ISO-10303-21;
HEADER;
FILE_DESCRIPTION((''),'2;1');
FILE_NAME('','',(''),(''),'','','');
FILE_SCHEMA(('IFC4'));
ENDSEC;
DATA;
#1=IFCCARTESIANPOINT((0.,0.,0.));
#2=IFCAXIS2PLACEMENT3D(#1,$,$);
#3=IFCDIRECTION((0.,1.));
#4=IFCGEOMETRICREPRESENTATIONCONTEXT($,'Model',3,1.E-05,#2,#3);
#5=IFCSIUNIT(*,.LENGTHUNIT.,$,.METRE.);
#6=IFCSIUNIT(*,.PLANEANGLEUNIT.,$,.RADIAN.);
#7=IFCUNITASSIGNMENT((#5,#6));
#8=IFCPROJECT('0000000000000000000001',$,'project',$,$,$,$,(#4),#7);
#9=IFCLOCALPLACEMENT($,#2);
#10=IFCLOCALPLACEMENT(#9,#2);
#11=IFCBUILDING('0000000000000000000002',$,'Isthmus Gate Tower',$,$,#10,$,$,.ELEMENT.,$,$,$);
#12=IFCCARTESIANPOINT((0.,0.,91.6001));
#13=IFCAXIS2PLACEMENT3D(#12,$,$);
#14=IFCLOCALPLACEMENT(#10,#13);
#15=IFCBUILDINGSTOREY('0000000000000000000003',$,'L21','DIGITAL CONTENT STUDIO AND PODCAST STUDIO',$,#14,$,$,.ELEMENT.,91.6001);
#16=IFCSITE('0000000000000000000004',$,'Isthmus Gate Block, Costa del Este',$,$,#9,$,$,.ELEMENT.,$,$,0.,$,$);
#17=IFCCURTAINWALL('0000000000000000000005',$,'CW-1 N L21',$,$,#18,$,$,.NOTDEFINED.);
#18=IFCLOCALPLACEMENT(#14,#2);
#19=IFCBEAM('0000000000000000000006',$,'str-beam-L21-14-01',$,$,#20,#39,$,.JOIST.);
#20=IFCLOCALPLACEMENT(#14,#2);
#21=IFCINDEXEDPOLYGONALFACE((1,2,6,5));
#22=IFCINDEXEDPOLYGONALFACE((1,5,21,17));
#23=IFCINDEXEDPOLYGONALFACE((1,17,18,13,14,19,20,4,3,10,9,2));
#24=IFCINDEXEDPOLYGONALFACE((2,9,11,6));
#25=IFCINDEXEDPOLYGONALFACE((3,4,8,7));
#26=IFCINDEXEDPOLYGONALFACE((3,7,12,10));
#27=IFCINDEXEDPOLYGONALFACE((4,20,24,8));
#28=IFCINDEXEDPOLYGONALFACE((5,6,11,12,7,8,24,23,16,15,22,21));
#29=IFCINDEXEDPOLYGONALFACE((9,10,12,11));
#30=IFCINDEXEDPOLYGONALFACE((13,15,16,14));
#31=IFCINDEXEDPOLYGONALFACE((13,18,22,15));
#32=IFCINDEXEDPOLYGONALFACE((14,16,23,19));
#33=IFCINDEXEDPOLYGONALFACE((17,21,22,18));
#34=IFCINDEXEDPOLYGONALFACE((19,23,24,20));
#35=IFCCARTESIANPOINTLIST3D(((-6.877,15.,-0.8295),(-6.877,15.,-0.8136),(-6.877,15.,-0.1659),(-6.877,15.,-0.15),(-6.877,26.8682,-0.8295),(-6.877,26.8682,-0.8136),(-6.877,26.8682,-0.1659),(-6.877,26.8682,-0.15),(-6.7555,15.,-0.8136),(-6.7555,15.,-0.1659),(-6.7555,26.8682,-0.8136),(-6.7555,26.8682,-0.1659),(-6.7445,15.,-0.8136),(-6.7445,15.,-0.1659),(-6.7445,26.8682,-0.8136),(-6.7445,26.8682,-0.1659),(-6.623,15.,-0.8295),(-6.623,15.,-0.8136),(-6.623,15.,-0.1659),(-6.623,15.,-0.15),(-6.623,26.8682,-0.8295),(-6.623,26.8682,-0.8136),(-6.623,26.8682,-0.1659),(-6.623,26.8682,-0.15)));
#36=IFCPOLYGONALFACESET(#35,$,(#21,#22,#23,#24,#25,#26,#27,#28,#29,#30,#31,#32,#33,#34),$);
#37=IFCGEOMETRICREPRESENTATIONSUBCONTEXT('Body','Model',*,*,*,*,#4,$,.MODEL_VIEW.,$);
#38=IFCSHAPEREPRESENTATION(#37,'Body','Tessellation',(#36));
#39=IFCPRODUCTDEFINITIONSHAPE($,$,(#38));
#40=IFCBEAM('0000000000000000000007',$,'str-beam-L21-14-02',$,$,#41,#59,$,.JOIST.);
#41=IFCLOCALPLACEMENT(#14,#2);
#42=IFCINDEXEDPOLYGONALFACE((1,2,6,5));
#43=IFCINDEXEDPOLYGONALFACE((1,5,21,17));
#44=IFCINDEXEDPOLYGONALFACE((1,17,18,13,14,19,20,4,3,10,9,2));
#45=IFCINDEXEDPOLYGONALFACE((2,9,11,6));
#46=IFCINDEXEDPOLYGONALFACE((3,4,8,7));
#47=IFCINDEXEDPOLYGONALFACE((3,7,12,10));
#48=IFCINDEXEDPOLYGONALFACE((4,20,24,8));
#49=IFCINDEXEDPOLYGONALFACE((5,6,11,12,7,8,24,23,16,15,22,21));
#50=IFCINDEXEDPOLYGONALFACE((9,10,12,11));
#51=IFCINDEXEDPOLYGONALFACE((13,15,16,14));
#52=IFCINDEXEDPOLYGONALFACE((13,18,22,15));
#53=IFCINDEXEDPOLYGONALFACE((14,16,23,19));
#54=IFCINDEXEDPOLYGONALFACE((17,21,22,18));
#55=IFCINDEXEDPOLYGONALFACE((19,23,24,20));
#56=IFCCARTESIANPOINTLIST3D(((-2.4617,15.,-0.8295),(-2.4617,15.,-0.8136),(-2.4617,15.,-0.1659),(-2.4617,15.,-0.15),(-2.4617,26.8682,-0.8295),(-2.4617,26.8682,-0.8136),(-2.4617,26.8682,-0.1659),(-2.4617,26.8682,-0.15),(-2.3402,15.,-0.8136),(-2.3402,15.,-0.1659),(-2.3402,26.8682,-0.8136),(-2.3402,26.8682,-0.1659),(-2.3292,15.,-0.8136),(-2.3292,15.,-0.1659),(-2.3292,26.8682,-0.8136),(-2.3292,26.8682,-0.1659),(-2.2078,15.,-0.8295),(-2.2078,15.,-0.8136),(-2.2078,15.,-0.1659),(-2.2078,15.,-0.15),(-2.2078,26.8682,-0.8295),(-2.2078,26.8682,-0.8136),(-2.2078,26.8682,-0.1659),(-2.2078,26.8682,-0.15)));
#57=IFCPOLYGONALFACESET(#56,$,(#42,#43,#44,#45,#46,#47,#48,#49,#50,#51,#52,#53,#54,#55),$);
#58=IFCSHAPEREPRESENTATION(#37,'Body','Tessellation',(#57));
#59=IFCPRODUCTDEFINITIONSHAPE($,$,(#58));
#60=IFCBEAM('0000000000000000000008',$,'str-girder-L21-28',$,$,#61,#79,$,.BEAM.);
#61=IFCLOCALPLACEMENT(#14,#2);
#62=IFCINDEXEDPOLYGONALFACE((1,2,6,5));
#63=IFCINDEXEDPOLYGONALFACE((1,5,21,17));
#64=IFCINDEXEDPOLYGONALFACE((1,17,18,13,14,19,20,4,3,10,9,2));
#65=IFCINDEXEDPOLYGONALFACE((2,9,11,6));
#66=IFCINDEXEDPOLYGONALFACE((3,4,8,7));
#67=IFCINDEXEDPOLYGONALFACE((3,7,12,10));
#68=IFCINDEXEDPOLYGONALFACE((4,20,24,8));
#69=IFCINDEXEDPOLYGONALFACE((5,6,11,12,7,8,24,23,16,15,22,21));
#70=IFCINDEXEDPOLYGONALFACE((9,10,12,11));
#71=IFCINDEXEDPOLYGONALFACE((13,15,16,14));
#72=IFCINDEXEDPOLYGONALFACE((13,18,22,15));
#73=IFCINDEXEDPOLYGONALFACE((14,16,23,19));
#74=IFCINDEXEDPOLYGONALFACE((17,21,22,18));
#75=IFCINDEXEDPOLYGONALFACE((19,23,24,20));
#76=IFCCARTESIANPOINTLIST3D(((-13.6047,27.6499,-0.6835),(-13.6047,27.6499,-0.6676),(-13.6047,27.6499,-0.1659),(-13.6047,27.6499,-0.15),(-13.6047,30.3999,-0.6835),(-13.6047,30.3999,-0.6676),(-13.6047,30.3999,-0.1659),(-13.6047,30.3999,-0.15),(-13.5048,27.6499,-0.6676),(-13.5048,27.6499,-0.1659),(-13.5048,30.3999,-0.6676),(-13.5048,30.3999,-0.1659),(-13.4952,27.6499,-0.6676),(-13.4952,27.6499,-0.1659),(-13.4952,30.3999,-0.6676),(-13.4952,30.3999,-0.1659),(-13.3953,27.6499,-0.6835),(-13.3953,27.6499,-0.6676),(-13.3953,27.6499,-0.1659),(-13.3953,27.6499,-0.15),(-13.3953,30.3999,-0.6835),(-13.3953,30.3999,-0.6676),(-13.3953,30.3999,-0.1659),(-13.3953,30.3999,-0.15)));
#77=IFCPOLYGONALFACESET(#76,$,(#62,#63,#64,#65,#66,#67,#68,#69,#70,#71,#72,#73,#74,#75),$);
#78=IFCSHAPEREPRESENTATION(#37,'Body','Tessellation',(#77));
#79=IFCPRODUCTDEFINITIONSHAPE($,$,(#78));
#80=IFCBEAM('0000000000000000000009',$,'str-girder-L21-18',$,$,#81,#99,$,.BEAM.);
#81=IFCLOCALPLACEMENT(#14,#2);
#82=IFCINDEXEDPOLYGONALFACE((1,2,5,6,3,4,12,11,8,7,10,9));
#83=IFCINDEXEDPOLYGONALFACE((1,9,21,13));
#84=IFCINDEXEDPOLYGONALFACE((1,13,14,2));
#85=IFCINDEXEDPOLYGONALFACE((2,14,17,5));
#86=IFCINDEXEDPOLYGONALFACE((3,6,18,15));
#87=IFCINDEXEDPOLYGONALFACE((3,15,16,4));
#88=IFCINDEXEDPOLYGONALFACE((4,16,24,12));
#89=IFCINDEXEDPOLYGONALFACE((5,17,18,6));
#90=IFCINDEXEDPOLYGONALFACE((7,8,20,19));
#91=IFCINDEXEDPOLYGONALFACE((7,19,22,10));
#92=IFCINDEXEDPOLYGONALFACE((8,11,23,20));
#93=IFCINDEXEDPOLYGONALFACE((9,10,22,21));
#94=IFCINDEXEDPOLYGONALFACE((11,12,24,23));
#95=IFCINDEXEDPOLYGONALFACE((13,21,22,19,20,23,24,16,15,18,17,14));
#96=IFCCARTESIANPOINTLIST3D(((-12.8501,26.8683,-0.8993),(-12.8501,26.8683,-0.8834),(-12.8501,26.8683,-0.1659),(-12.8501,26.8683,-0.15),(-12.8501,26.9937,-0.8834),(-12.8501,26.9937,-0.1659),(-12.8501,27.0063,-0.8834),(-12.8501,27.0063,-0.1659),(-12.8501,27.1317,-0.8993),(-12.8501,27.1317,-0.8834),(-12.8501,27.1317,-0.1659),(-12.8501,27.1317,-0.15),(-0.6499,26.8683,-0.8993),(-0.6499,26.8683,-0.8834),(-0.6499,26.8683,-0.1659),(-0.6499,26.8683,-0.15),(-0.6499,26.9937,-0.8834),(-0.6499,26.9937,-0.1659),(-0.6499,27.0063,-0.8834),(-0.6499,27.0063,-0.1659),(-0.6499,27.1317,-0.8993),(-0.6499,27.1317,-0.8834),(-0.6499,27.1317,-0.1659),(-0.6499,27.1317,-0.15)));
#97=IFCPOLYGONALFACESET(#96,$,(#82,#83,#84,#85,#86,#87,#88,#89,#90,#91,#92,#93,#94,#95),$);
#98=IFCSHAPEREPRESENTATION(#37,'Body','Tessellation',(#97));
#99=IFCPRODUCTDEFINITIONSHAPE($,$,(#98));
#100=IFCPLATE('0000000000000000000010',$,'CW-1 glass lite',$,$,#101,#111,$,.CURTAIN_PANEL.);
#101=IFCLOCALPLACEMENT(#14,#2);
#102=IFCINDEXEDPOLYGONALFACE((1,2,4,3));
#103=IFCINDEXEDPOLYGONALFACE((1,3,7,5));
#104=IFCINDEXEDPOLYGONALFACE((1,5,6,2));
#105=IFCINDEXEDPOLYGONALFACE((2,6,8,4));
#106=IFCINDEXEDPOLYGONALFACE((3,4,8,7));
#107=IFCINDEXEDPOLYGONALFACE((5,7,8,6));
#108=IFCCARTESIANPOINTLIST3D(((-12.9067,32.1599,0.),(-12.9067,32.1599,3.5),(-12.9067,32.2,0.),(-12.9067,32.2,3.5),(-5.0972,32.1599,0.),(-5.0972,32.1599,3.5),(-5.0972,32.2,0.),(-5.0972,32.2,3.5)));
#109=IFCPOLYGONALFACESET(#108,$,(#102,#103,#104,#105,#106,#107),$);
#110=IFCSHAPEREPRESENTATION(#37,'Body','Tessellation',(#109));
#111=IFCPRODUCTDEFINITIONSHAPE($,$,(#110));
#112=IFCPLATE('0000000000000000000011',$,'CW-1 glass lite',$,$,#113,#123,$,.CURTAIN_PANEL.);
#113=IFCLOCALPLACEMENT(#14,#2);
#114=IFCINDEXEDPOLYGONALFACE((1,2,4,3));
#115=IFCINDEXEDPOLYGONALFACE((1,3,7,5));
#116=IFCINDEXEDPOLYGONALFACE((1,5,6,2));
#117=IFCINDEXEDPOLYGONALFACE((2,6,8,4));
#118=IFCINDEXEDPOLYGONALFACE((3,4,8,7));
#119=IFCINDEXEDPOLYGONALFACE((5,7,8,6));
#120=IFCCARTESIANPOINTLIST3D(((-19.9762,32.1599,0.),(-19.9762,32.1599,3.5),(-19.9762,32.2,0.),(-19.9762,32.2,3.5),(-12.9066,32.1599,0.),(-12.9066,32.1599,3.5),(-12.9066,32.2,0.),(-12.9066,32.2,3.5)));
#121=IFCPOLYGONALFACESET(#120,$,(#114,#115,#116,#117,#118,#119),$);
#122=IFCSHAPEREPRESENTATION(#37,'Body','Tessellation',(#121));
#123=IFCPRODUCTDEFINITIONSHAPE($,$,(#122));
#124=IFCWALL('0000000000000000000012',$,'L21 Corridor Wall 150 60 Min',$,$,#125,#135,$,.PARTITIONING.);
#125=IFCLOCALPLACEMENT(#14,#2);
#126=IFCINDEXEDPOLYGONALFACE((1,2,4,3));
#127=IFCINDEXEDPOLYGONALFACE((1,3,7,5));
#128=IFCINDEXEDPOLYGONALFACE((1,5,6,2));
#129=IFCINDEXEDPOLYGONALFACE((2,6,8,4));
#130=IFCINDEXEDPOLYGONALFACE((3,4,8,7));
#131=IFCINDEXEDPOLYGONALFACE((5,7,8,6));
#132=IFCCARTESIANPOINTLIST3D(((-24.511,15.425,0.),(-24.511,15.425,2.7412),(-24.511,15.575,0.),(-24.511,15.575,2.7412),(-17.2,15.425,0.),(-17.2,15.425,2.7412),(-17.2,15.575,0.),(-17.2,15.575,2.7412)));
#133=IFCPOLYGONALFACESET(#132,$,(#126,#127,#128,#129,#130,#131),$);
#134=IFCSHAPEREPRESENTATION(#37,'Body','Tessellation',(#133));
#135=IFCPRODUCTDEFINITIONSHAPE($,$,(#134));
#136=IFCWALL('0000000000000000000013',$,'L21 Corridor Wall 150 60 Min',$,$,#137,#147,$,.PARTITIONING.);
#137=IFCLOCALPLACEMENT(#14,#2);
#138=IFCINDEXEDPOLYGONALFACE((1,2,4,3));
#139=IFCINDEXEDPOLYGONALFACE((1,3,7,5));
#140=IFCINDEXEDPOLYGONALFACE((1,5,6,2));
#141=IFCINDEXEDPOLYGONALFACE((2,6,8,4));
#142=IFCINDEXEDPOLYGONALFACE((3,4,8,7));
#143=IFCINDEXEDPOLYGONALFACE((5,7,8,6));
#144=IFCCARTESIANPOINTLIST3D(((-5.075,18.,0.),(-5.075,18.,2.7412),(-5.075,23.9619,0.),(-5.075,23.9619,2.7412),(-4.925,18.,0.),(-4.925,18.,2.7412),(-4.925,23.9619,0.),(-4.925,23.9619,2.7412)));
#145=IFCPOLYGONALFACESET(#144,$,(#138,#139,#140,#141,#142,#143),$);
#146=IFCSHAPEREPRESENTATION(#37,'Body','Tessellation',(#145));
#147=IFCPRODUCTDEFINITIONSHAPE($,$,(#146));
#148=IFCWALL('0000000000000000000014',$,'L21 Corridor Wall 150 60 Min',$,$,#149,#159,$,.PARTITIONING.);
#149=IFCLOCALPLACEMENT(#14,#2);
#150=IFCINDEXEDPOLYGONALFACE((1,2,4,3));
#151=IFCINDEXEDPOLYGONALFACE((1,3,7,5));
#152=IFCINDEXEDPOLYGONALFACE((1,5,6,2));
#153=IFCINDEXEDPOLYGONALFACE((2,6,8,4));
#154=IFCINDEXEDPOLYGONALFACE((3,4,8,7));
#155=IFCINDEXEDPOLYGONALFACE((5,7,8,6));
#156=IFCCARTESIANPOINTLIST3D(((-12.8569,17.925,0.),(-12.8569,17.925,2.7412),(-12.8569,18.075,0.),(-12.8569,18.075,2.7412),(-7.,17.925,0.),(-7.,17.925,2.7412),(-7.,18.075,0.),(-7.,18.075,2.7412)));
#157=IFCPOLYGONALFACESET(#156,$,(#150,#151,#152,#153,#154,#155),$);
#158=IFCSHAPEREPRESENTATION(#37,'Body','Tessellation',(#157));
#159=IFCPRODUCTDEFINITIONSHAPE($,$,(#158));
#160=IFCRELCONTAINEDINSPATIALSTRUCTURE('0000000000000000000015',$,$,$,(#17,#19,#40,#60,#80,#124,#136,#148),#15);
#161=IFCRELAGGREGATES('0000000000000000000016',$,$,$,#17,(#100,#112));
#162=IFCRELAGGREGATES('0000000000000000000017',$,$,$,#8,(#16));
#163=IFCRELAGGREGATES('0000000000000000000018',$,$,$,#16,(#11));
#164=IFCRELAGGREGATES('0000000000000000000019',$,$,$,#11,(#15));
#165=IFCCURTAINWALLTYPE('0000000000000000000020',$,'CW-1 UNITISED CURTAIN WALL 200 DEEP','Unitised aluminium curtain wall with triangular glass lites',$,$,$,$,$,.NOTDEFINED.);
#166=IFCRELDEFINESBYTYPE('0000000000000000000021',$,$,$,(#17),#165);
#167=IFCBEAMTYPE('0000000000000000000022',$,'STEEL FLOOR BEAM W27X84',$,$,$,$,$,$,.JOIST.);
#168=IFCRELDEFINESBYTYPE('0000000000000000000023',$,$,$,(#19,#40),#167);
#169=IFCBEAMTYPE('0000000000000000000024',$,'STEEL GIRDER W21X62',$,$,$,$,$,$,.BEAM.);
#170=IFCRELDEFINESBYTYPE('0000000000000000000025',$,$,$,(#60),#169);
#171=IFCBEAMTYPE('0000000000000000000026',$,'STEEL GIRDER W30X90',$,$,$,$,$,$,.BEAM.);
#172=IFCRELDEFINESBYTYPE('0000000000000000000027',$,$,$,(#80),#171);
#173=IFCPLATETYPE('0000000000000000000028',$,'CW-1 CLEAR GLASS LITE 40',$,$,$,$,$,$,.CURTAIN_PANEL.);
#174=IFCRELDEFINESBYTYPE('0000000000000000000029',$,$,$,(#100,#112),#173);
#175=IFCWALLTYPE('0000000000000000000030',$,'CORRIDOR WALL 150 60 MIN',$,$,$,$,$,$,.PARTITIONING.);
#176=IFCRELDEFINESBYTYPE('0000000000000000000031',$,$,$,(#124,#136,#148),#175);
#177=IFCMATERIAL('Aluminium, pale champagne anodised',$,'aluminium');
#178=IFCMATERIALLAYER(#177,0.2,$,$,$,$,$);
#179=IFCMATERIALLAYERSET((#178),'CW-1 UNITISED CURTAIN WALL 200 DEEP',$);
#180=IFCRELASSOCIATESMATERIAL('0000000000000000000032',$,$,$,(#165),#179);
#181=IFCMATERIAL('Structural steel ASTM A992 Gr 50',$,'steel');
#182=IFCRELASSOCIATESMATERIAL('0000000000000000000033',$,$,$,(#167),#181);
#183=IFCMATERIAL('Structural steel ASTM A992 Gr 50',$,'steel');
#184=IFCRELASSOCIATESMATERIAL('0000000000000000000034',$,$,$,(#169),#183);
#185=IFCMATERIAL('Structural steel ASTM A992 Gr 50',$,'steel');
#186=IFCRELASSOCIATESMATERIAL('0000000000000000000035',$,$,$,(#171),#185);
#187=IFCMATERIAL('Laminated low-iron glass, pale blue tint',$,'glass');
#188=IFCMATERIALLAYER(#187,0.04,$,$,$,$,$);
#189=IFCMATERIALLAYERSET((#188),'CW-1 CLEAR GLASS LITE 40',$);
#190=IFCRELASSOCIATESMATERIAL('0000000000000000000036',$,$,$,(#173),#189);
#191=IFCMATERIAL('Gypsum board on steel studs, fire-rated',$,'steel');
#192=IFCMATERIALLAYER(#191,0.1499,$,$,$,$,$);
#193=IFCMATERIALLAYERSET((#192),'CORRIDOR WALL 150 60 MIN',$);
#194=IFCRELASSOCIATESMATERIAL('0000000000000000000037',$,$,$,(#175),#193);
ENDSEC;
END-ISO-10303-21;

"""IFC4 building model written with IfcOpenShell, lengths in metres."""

from ifc_helpers import new_model, si_unit, direction, frame, frame_2d, origin, origin_2d, place, context, subcontext, project, spatial, rectangle, i_section, extrude, material, layer, layer_set, material_profile, profile_set, type_object, element, aggregate, save


model = new_model("IFC4")

# Units and contexts
model_context = context("Model", 3, precision=1e-05, world=origin(), true_north=direction((0.0, 1.0)))
body_context = subcontext(model_context, "Body", "Model", "MODEL_VIEW")
ifc_project = project(units=[si_unit("LENGTHUNIT", "METRE"), si_unit("PLANEANGLEUNIT", "RADIAN")], contexts=[model_context])

# Site, building, storey
site_placement = place(None, origin())
site = spatial("IfcSite", under=ifc_project, at=site_placement, Name="Isthmus Gate Block, Costa del Este", CompositionType="ELEMENT", RefElevation=0.0)
building_placement = place(site_placement, origin())
building = spatial("IfcBuilding", under=site, at=building_placement, Name="Isthmus Gate Tower", CompositionType="ELEMENT")
storey_placement = place(building_placement, frame((0.0, 0.0, 91.6001)))
storey = spatial("IfcBuildingStorey", under=building, at=storey_placement, Name="L21", Description="DIGITAL CONTENT STUDIO AND PODCAST STUDIO", CompositionType="ELEMENT", Elevation=91.6001)

# Curtain wall
ifc_material_1 = material(Name="Aluminium, pale champagne anodised", Category="aluminium")
ifc_layer_1 = layer(ifc_material_1, 0.2)
ifc_layer_set_1 = layer_set([ifc_layer_1], Name="CW-1 UNITISED CURTAIN WALL 200 DEEP")
curtain_wall_type = type_object("IfcCurtainWallType", Name="CW-1 UNITISED CURTAIN WALL 200 DEEP", Description="Unitised aluminium curtain wall with triangular glass lites", PredefinedType="NOTDEFINED", material=ifc_layer_set_1)
curtain_wall_placement = place(storey_placement, origin())
curtain_wall = element("IfcCurtainWall", 1, at=curtain_wall_placement, inside=storey, type_object=curtain_wall_type, Name="CW-1 N L21", PredefinedType="NOTDEFINED")

# Beams
ifc_material_2 = material(Name="Structural steel ASTM A992 Gr 50", Category="steel")
ifc_material_profile_1 = material_profile(ifc_material_2, i_section(OverallWidth=0.2539, OverallDepth=0.6794, WebThickness=0.011, FlangeThickness=0.0159, at=origin_2d()), Name="W27X84")
ifc_profile_set_1 = profile_set([ifc_material_profile_1], Name="Structural steel ASTM A992 Gr 50")
beam_type_1 = type_object("IfcBeamType", Name="STEEL FLOOR BEAM W27X84", PredefinedType="JOIST", material=ifc_profile_set_1)
for number, where, z_axis, x_axis, name in (
    (2, (-6.75, 15.0, -0.4897), (0.0, 1.0, 0.0), (-1.0, 0.0, 0.0), "str-beam-L21-14-01"),
    (3, (-2.3347, 15.0, -0.4897), (0.0, 1.0, 0.0), (-1.0, 0.0, 0.0), "str-beam-L21-14-02"),
):
    element("IfcBeam", number, at=place(storey_placement, frame(where, z_axis=z_axis, x_axis=x_axis)), inside=storey, type_object=beam_type_1, Name=name, PredefinedType="JOIST", context=body_context, shape_type="SweptSolid", body=[
        extrude(i_section(OverallWidth=0.2539, OverallDepth=0.6794, WebThickness=0.011, FlangeThickness=0.0159, at=origin_2d()), origin(), (0.0, 0.0, 1.0), 11.8682),
    ])
ifc_material_3 = material(Name="Structural steel ASTM A992 Gr 50", Category="steel")
ifc_material_profile_2 = material_profile(ifc_material_3, i_section(OverallWidth=0.2095, OverallDepth=0.5334, WebThickness=0.0095, FlangeThickness=0.0159, at=origin_2d()), Name="W21X62")
ifc_profile_set_2 = profile_set([ifc_material_profile_2], Name="Structural steel ASTM A992 Gr 50")
beam_type_2 = type_object("IfcBeamType", Name="STEEL GIRDER W21X62", PredefinedType="BEAM", material=ifc_profile_set_2)
beam_1_placement = place(storey_placement, frame((-13.5, 27.6499, -0.4167), z_axis=(0.0, 1.0, 0.0), x_axis=(-1.0, 0.0, 0.0)))
element("IfcBeam", 4, at=beam_1_placement, inside=storey, type_object=beam_type_2, Name="str-girder-L21-28", PredefinedType="BEAM", context=body_context, shape_type="SweptSolid", body=[
    extrude(i_section(OverallWidth=0.2095, OverallDepth=0.5334, WebThickness=0.0095, FlangeThickness=0.0159, at=origin_2d()), origin(), (0.0, 0.0, 1.0), 2.75),
])
ifc_material_4 = material(Name="Structural steel ASTM A992 Gr 50", Category="steel")
ifc_material_profile_3 = material_profile(ifc_material_4, i_section(OverallWidth=0.2634, OverallDepth=0.7493, WebThickness=0.0127, FlangeThickness=0.0159, at=origin_2d()), Name="W30X90")
ifc_profile_set_3 = profile_set([ifc_material_profile_3], Name="Structural steel ASTM A992 Gr 50")
beam_type_3 = type_object("IfcBeamType", Name="STEEL GIRDER W30X90", PredefinedType="BEAM", material=ifc_profile_set_3)
beam_2_placement = place(storey_placement, frame((-12.8501, 27.0, -0.5247), z_axis=(1.0, 0.0, 0.0), x_axis=(0.0, 1.0, 0.0)))
element("IfcBeam", 5, at=beam_2_placement, inside=storey, type_object=beam_type_3, Name="str-girder-L21-18", PredefinedType="BEAM", context=body_context, shape_type="SweptSolid", body=[
    extrude(i_section(OverallWidth=0.2634, OverallDepth=0.7493, WebThickness=0.0127, FlangeThickness=0.0159, at=origin_2d()), origin(), (0.0, 0.0, 1.0), 12.2002),
])

# Plates
ifc_material_5 = material(Name="Laminated low-iron glass, pale blue tint", Category="glass")
ifc_layer_2 = layer(ifc_material_5, 0.04)
ifc_layer_set_2 = layer_set([ifc_layer_2], Name="CW-1 CLEAR GLASS LITE 40")
plate_type = type_object("IfcPlateType", Name="CW-1 CLEAR GLASS LITE 40", PredefinedType="CURTAIN_PANEL", material=ifc_layer_set_2)
plate_1_placement = place(storey_placement, frame((-9.002, 32.1799, 0.0), z_axis=(0.0, 0.0, 1.0), x_axis=(-1.0, 0.0, 0.0)))
plate_1 = element("IfcPlate", 6, at=plate_1_placement, type_object=plate_type, Name="CW-1 glass lite", PredefinedType="CURTAIN_PANEL", context=body_context, shape_type="SweptSolid", body=[
    extrude(rectangle(XDim=7.8096, YDim=0.04, at=origin_2d()), origin(), (0.0, 0.0, 1.0), 3.5),
])
plate_2_placement = place(storey_placement, frame((-16.4414, 32.1799, 0.0), z_axis=(0.0, 0.0, 1.0), x_axis=(-1.0, 0.0, 0.0)))
plate_2 = element("IfcPlate", 7, at=plate_2_placement, type_object=plate_type, Name="CW-1 glass lite", PredefinedType="CURTAIN_PANEL", context=body_context, shape_type="SweptSolid", body=[
    extrude(rectangle(XDim=7.0696, YDim=0.04, at=origin_2d()), origin(), (0.0, 0.0, 1.0), 3.5),
])
aggregate(curtain_wall, [plate_1, plate_2])

# Walls
ifc_material_6 = material(Name="Gypsum board on steel studs, fire-rated", Category="steel")
ifc_layer_3 = layer(ifc_material_6, 0.1499)
ifc_layer_set_3 = layer_set([ifc_layer_3], Name="CORRIDOR WALL 150 60 MIN")
wall_type_1 = type_object("IfcWallType", Name="CORRIDOR WALL 150 60 MIN", PredefinedType="PARTITIONING", material=ifc_layer_set_3)
wall_1_placement = place(storey_placement, frame((-17.2, 15.5, 0.0), z_axis=(0.0, 0.0, 1.0), x_axis=(-1.0, 0.0, 0.0)))
element("IfcWall", 8, at=wall_1_placement, inside=storey, type_object=wall_type_1, Name="L21 Corridor Wall 150 60 Min", PredefinedType="PARTITIONING", context=body_context, shape_type="SweptSolid", body=[
    extrude(rectangle(XDim=7.311, YDim=0.1499, at=frame_2d((3.6555, 0.0))), origin(), (0.0, 0.0, 1.0), 2.7412),
])
wall_2_placement = place(storey_placement, frame((-5.0, 23.9619, 0.0), z_axis=(0.0, 0.0, 1.0), x_axis=(0.0, -1.0, 0.0)))
element("IfcWall", 9, at=wall_2_placement, inside=storey, type_object=wall_type_1, Name="L21 Corridor Wall 150 60 Min", PredefinedType="PARTITIONING", context=body_context, shape_type="SweptSolid", body=[
    extrude(rectangle(XDim=5.9619, YDim=0.1499, at=frame_2d((2.981, 0.0))), origin(), (0.0, 0.0, 1.0), 2.7412),
])
wall_3_placement = place(storey_placement, frame((-12.8569, 18.0, 0.0), z_axis=(0.0, 0.0, 1.0), x_axis=(1.0, 0.0, 0.0)))
element("IfcWall", 10, at=wall_3_placement, inside=storey, type_object=wall_type_1, Name="L21 Corridor Wall 150 60 Min", PredefinedType="PARTITIONING", context=body_context, shape_type="SweptSolid", body=[
    extrude(rectangle(XDim=5.8569, YDim=0.1499, at=frame_2d((2.9285, 0.0))), origin(), (0.0, 0.0, 1.0), 2.7412),
])

save(model, "model.ifc")
